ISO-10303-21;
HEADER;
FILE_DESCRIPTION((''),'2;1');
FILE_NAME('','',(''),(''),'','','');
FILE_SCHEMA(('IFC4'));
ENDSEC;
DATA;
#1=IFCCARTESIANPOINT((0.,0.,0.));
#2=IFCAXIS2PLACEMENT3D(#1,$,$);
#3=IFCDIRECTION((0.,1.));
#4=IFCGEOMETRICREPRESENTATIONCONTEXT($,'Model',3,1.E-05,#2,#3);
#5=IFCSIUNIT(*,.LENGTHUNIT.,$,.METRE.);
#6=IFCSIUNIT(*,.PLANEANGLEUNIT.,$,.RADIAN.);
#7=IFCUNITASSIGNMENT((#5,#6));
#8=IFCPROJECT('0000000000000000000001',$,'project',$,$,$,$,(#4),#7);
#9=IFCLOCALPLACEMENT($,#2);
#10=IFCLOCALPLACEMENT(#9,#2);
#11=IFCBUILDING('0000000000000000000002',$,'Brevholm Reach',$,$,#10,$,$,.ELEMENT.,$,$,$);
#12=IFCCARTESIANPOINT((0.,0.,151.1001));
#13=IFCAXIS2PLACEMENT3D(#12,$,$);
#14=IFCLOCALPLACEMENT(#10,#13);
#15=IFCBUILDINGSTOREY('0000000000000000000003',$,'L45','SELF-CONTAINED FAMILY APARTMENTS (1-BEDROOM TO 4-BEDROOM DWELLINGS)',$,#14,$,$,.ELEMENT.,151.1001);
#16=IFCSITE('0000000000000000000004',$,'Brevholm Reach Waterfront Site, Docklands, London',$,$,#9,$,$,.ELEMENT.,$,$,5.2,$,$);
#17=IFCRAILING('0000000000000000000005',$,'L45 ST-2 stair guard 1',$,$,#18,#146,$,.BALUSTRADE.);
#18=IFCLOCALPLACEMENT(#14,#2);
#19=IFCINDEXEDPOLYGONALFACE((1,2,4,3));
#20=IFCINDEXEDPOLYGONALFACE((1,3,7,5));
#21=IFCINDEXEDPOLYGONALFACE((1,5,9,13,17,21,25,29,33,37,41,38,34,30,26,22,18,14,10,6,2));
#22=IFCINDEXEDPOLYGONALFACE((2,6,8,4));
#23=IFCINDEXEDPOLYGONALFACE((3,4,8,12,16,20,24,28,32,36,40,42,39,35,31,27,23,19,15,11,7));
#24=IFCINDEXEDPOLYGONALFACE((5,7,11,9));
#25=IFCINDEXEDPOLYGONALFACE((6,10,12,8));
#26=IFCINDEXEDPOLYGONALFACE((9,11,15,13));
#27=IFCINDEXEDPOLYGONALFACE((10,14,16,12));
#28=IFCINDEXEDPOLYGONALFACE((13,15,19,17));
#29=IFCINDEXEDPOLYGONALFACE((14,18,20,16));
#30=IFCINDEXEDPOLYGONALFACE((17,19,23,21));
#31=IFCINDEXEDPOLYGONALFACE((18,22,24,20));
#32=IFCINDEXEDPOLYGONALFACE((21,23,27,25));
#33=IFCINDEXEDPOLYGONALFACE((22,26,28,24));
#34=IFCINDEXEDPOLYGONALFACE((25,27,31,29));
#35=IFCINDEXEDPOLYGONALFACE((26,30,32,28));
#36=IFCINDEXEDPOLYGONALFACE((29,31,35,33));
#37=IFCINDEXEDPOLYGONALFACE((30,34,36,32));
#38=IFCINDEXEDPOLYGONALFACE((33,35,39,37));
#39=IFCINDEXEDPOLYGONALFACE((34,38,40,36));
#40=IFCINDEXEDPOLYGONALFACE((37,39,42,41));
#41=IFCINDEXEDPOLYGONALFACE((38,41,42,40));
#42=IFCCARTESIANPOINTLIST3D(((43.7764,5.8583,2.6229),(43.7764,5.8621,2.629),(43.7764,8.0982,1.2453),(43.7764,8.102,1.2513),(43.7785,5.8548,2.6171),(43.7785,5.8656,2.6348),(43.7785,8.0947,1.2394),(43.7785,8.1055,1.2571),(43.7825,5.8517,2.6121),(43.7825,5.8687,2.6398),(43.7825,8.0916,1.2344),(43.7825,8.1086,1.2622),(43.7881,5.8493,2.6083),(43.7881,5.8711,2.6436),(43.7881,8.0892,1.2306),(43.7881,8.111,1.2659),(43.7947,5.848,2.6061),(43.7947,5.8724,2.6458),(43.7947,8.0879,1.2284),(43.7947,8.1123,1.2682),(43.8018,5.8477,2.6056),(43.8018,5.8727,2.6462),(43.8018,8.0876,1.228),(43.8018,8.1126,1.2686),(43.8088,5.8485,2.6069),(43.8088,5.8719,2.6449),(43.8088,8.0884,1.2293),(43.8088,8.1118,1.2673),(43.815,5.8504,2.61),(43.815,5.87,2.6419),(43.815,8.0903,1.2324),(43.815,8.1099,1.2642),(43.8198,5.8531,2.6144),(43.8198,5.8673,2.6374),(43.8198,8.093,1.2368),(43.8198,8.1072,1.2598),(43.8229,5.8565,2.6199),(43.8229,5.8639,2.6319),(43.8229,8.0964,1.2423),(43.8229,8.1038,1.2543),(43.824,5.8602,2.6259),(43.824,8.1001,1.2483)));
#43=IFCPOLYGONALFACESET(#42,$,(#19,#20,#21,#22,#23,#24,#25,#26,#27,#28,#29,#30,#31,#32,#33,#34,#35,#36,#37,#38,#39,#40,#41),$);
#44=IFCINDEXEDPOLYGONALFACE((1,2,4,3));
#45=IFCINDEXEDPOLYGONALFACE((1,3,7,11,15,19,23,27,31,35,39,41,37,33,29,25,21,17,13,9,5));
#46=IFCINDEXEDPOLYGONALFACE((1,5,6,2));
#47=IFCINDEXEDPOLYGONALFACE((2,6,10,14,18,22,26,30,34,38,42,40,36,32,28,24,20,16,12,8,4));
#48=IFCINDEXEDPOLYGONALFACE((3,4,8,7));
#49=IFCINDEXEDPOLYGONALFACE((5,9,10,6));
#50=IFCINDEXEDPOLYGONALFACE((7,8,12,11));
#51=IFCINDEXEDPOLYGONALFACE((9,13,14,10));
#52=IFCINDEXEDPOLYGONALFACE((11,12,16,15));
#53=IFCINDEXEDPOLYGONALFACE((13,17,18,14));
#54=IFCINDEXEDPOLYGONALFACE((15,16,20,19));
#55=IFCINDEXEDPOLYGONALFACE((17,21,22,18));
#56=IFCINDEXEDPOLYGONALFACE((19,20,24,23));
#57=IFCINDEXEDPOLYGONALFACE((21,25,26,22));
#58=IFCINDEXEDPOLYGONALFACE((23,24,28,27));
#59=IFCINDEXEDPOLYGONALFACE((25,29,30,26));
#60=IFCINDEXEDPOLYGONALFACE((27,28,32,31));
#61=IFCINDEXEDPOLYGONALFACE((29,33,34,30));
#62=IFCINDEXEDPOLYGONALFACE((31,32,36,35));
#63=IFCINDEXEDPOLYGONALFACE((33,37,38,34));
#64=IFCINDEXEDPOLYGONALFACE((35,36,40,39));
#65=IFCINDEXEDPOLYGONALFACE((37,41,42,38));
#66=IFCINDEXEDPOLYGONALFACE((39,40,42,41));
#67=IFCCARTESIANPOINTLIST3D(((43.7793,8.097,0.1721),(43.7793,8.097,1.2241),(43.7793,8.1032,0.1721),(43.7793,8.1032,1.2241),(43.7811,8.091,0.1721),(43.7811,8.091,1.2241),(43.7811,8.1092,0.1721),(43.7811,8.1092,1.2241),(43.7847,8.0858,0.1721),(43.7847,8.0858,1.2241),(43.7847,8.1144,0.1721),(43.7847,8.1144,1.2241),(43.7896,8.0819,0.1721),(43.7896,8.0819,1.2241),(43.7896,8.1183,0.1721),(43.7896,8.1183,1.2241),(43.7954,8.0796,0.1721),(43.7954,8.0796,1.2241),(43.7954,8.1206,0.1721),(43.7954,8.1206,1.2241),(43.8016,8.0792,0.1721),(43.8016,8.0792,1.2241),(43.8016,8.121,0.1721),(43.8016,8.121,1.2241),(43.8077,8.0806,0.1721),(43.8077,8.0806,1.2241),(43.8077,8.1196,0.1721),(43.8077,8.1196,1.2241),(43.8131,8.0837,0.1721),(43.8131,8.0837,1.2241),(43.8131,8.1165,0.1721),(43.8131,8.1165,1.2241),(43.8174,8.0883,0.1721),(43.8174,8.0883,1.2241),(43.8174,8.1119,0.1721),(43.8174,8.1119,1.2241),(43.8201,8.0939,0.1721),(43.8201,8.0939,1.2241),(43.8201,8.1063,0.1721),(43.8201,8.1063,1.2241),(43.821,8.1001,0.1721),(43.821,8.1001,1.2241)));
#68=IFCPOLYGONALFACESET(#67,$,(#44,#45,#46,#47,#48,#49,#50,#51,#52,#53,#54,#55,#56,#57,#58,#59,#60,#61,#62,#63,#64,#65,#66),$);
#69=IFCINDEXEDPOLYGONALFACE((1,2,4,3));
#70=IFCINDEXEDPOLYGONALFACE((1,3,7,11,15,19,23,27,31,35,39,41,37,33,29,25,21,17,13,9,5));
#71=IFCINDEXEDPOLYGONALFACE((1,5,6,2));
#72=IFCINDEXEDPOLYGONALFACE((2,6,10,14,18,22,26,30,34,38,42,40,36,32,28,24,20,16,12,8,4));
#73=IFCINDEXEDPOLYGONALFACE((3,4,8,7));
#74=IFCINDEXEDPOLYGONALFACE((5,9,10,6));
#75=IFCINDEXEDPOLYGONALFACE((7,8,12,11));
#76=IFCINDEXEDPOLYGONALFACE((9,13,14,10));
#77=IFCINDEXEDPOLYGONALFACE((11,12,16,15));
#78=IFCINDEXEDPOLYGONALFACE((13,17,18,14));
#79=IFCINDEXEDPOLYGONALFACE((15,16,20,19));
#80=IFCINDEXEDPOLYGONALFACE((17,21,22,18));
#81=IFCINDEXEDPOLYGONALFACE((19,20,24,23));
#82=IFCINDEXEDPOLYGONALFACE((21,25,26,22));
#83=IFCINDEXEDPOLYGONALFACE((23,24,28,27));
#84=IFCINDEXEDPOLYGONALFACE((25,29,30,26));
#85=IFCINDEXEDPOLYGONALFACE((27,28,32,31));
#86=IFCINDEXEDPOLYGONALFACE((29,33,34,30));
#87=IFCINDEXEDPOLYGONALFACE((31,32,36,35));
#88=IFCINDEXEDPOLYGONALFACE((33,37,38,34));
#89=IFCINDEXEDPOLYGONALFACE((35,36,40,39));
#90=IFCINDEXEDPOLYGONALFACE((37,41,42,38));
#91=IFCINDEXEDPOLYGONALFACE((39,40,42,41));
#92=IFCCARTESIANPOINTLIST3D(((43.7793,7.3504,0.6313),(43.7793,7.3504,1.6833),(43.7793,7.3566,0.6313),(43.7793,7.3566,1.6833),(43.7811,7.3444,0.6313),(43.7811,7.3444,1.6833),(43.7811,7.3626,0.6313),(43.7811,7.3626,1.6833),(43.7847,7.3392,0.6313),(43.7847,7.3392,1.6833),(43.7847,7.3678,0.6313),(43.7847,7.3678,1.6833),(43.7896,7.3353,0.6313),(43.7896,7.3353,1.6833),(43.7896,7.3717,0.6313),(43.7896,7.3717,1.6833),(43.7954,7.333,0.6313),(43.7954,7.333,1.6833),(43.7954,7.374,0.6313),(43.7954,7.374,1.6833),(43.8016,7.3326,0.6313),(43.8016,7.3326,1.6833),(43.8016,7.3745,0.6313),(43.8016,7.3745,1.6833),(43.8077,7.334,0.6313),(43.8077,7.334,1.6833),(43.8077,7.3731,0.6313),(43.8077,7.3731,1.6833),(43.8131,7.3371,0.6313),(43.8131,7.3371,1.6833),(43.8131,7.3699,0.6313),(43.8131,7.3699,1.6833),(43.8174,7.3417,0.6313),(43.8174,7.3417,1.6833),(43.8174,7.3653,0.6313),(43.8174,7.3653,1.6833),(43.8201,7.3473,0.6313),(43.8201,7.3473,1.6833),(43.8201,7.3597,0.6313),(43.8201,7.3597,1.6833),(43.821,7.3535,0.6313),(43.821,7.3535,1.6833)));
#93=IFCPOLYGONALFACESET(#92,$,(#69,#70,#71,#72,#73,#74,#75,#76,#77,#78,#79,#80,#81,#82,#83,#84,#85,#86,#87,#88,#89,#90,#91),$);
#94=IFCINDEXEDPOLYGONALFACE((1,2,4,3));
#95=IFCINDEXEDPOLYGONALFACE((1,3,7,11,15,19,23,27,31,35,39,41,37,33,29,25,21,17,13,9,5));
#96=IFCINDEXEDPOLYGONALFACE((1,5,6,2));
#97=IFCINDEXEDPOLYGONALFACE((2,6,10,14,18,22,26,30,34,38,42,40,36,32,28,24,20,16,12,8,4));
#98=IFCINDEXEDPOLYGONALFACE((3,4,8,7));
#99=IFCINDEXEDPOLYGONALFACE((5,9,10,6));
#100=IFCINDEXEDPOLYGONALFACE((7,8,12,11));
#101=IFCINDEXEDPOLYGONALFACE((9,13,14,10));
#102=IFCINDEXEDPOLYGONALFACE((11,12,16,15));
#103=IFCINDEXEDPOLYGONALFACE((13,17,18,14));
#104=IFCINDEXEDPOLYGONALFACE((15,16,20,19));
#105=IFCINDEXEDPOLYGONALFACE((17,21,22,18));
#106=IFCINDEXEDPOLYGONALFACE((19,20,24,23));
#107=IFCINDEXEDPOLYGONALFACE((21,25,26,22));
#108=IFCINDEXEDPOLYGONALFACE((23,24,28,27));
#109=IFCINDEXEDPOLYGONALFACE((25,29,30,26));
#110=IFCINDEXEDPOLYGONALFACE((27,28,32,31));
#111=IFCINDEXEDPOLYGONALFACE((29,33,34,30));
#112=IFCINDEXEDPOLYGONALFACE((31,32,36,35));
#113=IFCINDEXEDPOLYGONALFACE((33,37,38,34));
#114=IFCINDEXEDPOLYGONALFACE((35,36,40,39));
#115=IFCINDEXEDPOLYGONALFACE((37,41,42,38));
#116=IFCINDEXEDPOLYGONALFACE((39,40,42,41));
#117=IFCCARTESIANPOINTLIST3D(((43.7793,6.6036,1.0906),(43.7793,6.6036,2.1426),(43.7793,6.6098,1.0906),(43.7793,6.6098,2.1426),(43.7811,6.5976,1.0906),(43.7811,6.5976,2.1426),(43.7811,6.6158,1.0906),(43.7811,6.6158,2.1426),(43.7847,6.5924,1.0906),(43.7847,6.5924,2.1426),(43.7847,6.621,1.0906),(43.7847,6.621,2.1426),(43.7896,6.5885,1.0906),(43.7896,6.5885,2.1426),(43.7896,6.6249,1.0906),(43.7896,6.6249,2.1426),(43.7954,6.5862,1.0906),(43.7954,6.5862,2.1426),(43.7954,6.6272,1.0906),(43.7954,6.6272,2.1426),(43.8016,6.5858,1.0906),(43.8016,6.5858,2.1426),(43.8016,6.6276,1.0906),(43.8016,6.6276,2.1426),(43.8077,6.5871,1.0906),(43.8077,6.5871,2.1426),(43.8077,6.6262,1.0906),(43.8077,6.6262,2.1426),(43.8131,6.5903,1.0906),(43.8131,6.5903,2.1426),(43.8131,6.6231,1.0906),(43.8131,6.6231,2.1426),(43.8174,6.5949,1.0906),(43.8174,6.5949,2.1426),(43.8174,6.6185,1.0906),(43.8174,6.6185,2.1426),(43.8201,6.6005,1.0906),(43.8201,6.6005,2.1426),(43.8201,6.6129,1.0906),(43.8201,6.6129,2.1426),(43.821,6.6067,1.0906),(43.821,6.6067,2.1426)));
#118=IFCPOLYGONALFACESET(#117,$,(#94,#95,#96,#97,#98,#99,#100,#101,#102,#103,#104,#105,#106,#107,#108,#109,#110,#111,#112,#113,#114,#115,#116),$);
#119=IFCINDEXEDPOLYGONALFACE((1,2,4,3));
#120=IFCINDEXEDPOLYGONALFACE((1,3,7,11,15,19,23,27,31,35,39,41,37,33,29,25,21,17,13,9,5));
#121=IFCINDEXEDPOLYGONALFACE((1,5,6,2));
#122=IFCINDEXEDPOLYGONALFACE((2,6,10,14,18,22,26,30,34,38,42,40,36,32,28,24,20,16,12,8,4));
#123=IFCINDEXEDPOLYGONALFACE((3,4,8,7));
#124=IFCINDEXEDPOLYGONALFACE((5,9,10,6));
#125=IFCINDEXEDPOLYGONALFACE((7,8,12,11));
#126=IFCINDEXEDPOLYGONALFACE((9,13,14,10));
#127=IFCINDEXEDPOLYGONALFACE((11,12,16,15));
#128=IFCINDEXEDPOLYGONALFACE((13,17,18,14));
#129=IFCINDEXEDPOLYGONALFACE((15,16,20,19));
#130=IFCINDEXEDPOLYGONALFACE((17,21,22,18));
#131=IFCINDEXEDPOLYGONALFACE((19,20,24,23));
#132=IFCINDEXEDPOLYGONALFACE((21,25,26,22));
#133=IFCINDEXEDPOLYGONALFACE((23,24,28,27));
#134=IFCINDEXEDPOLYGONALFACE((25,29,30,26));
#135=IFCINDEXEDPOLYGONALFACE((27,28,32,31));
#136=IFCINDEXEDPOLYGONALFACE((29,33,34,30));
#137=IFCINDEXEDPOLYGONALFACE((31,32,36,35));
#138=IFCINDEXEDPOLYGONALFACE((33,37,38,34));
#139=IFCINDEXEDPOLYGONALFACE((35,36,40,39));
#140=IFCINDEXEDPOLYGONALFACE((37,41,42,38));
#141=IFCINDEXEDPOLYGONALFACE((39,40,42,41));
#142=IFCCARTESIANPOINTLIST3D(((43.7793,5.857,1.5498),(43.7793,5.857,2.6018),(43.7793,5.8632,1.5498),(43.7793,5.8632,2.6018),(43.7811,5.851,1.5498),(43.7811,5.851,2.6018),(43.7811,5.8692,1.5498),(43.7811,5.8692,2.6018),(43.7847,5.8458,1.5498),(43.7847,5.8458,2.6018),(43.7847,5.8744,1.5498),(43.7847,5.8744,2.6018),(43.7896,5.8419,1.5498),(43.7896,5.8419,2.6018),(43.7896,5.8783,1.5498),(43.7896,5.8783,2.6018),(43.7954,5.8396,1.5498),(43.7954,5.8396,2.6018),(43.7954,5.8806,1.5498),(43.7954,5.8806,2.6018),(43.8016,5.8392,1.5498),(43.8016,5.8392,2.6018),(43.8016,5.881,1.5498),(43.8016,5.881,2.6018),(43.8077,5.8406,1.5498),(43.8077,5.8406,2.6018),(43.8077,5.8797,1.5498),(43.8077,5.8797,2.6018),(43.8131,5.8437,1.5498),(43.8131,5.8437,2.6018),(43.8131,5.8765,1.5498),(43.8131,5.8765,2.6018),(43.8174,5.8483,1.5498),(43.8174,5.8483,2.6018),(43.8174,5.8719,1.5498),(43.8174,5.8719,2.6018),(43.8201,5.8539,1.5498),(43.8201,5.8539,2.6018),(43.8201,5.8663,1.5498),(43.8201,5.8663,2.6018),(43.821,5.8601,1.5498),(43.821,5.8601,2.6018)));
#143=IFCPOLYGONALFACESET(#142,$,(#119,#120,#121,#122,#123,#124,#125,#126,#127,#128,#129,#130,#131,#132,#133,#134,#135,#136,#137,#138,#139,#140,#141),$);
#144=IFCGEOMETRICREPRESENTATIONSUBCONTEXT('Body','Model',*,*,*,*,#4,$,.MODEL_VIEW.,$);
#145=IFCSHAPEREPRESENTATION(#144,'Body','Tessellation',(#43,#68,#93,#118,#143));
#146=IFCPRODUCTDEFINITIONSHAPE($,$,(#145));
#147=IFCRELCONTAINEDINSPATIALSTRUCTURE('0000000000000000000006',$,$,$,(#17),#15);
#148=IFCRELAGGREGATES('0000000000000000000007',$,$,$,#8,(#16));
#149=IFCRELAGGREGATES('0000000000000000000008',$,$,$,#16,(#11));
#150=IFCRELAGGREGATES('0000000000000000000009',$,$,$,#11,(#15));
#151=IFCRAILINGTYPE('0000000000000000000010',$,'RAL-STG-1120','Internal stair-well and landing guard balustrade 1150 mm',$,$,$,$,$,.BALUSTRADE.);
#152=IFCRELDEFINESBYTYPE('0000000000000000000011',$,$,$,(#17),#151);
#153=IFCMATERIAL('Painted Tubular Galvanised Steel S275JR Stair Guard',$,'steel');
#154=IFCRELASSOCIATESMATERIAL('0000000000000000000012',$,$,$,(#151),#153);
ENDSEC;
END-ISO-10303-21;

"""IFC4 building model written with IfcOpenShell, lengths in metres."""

from ifc_helpers import new_model, si_unit, direction, frame, origin, origin_2d, place, context, subcontext, project, spatial, circle, extrude, material, type_object, element, save


model = new_model("IFC4")

# Units and contexts
model_context = context("Model", 3, precision=1e-05, world=origin(), true_north=direction((0.0, 1.0)))
body_context = subcontext(model_context, "Body", "Model", "MODEL_VIEW")
ifc_project = project(units=[si_unit("LENGTHUNIT", "METRE"), si_unit("PLANEANGLEUNIT", "RADIAN")], contexts=[model_context])

# Site, building, storey
site_placement = place(None, origin())
site = spatial("IfcSite", under=ifc_project, at=site_placement, Name="Brevholm Reach Waterfront Site, Docklands, London", CompositionType="ELEMENT", RefElevation=5.2)
building_placement = place(site_placement, origin())
building = spatial("IfcBuilding", under=site, at=building_placement, Name="Brevholm Reach", CompositionType="ELEMENT")
storey_placement = place(building_placement, frame((0.0, 0.0, 151.1001)))
storey = spatial("IfcBuildingStorey", under=building, at=storey_placement, Name="L45", Description="SELF-CONTAINED FAMILY APARTMENTS (1-BEDROOM TO 4-BEDROOM DWELLINGS)", CompositionType="ELEMENT", Elevation=151.1001)

# Railing
ifc_material_1 = material(Name="Painted Tubular Galvanised Steel S275JR Stair Guard", Category="steel")
railing_type = type_object("IfcRailingType", Name="RAL-STG-1120", Description="Internal stair-well and landing guard balustrade 1150 mm", PredefinedType="BALUSTRADE", material=ifc_material_1)
railing_1_placement = place(storey_placement, frame((43.8, 8.1001, 0.1721)))
element("IfcRailing", 1, at=railing_1_placement, inside=storey, type_object=railing_type, Name="L45 ST-2 stair guard 1", PredefinedType="BALUSTRADE", context=body_context, shape_type="SweptSolid", body=[
    extrude(circle(Radius=0.0239, at=origin_2d()), frame((0.0, 0.0, 1.0762), z_axis=(0.0, -0.851789, 0.523885), x_axis=(1.0, 0.0, 0.0)), (0.0, 0.0, 1.0), 2.6296),
    extrude(circle(Radius=0.021, at=origin_2d()), origin(), (0.0, 0.0, 1.0), 1.052),
    extrude(circle(Radius=0.021, at=origin_2d()), frame((0.0, -0.7466, 0.4592)), (0.0, 0.0, 1.0), 1.052),
    extrude(circle(Radius=0.021, at=origin_2d()), frame((0.0, -1.4934, 0.9185)), (0.0, 0.0, 1.0), 1.052),
    extrude(circle(Radius=0.021, at=origin_2d()), frame((0.0, -2.24, 1.3777)), (0.0, 0.0, 1.0), 1.052),
])

save(model, "model.ifc")
